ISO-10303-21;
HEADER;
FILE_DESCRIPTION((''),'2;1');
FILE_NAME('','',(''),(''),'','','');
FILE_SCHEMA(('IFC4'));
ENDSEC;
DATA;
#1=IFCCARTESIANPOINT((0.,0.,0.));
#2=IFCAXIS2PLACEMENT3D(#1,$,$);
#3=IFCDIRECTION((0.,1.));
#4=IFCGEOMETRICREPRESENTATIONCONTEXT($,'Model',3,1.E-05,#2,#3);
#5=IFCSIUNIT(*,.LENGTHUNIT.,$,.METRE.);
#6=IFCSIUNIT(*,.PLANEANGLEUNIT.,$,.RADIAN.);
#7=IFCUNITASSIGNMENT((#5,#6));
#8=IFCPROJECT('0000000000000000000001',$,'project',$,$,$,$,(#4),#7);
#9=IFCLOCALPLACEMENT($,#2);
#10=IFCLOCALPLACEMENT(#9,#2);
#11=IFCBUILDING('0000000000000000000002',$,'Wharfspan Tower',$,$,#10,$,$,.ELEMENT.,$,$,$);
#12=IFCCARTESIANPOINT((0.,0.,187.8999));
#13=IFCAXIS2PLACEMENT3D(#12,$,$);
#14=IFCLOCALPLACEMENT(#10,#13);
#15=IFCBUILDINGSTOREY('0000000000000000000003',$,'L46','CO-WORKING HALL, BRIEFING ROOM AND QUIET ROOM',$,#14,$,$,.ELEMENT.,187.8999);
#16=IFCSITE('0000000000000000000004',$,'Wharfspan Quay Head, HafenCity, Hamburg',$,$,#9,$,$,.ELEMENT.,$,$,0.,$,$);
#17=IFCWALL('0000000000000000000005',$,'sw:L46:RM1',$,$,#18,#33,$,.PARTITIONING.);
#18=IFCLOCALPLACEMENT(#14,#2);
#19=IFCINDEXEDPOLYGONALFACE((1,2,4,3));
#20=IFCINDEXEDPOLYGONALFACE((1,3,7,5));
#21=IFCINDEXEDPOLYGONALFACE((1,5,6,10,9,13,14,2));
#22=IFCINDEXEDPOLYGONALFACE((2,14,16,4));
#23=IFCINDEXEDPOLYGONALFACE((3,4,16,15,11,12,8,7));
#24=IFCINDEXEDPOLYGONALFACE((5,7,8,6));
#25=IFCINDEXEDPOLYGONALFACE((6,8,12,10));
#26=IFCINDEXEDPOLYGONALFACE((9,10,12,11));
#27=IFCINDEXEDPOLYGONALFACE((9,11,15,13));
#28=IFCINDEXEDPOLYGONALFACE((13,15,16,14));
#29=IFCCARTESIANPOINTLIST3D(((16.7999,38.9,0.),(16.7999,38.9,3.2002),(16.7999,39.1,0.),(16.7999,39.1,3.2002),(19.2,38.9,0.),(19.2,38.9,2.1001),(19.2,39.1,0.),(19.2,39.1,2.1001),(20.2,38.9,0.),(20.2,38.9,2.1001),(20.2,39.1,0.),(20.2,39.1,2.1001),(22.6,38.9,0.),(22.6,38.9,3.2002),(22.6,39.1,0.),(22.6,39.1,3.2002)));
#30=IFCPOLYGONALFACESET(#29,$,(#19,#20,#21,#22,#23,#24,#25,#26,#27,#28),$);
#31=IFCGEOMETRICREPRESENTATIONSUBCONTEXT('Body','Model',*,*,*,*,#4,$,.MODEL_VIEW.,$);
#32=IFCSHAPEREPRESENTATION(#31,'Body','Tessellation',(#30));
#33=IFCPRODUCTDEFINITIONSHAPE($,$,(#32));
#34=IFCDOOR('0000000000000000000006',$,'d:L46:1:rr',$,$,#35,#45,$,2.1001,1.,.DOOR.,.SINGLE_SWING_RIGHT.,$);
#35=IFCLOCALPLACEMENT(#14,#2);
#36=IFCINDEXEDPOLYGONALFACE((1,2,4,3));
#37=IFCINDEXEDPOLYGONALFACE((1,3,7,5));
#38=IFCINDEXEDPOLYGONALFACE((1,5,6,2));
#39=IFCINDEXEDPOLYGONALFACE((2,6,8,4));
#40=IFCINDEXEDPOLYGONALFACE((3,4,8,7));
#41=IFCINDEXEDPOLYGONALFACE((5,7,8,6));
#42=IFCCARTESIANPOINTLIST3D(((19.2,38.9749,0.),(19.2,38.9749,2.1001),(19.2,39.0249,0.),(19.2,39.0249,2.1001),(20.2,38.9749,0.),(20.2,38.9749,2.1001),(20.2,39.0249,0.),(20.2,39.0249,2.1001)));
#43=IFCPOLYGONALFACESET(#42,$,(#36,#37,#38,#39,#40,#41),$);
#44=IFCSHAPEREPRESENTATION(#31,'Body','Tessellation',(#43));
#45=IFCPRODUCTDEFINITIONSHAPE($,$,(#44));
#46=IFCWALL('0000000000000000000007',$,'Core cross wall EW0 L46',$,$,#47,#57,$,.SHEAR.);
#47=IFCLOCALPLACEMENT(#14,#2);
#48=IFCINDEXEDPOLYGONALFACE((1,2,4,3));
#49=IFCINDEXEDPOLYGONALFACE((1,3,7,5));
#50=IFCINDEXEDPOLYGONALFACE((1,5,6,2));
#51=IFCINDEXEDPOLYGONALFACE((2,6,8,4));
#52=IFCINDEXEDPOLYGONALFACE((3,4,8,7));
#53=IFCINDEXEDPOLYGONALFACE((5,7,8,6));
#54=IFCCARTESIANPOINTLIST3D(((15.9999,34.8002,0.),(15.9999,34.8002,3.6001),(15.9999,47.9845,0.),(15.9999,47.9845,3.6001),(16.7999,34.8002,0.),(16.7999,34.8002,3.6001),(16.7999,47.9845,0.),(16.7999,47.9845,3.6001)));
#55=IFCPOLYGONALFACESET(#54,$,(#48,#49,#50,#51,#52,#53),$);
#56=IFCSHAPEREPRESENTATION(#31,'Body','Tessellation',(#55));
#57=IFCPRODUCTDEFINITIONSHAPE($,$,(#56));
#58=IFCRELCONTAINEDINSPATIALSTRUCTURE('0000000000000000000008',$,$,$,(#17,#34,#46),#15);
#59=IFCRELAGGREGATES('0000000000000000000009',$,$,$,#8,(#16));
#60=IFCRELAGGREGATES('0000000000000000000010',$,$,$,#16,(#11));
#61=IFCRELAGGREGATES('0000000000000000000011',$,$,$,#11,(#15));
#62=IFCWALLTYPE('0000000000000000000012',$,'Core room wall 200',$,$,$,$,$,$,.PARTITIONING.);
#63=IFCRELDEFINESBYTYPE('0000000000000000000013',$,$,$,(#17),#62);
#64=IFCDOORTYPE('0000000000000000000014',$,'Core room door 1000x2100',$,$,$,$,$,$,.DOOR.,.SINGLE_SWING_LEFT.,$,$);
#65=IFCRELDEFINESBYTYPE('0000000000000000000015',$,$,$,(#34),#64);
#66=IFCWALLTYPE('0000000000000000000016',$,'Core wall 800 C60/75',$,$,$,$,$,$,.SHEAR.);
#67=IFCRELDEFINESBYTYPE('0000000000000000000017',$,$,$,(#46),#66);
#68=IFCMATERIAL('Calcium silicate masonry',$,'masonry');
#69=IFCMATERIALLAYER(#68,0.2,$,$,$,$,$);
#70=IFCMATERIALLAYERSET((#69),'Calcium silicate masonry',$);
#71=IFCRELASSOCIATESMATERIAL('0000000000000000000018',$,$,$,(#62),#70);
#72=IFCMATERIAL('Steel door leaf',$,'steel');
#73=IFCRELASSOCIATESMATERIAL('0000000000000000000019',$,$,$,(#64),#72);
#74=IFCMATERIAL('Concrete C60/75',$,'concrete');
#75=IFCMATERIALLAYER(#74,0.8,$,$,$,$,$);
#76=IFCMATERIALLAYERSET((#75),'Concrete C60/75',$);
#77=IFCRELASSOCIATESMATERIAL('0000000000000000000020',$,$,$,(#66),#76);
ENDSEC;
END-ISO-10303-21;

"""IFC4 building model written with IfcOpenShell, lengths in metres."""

from ifc_helpers import new_model, si_unit, direction, frame, frame_2d, origin, place, context, subcontext, project, spatial, rectangle, extrude, material, layer, layer_set, type_object, element, fill, save


model = new_model("IFC4")

# Units and contexts
model_context = context("Model", 3, precision=1e-05, world=origin(), true_north=direction((0.0, 1.0)))
body_context = subcontext(model_context, "Body", "Model", "MODEL_VIEW")
ifc_project = project(units=[si_unit("LENGTHUNIT", "METRE"), si_unit("PLANEANGLEUNIT", "RADIAN")], contexts=[model_context])

# Site, building, storey
site_placement = place(None, origin())
site = spatial("IfcSite", under=ifc_project, at=site_placement, Name="Wharfspan Quay Head, HafenCity, Hamburg", CompositionType="ELEMENT", RefElevation=0.0)
building_placement = place(site_placement, origin())
building = spatial("IfcBuilding", under=site, at=building_placement, Name="Wharfspan Tower", CompositionType="ELEMENT")
storey_placement = place(building_placement, frame((0.0, 0.0, 187.8999)))
storey = spatial("IfcBuildingStorey", under=building, at=storey_placement, Name="L46", Description="CO-WORKING HALL, BRIEFING ROOM AND QUIET ROOM", CompositionType="ELEMENT", Elevation=187.8999)

# Wall, opening, door
ifc_material_1 = material(Name="Calcium silicate masonry", Category="masonry")
ifc_layer_1 = layer(ifc_material_1, 0.2)
ifc_layer_set_1 = layer_set([ifc_layer_1], Name="Calcium silicate masonry")
wall_type_1 = type_object("IfcWallType", Name="Core room wall 200", PredefinedType="PARTITIONING", material=ifc_layer_set_1)
wall_1_placement = place(storey_placement, frame((16.8, 39.0, 0.0), z_axis=(0.0, 0.0, 1.0), x_axis=(1.0, 0.0, 0.0)))
wall_1 = element("IfcWall", 1, at=wall_1_placement, inside=storey, type_object=wall_type_1, Name="sw:L46:RM1", PredefinedType="PARTITIONING", context=body_context, shape_type="SweptSolid", body=[
    extrude(rectangle(XDim=5.8, YDim=0.2, at=frame_2d((2.8999, 0.0))), origin(), (0.0, 0.0, 1.0), 3.2002),
])
opening_1_placement = place(wall_1_placement, frame((2.3999, 0.0, 0.0)))
opening_1 = element("IfcOpeningElement", 2, at=opening_1_placement, cuts=wall_1, PredefinedType="OPENING", context=body_context, shape_type="SweptSolid", body=[
    extrude(rectangle(XDim=1.0, YDim=2.1001, at=frame_2d((0.5, 1.05))), frame((0.0, 0.1099, 0.0), z_axis=(0.0, -1.0, 0.0), x_axis=(1.0, 0.0, 0.0)), (0.0, 0.0, 1.0), 0.22),
])
ifc_material_2 = material(Name="Steel door leaf", Category="steel")
door_type_1 = type_object("IfcDoorType", Name="Core room door 1000x2100", OperationType="SINGLE_SWING_LEFT", PredefinedType="DOOR", material=ifc_material_2)
door_1_placement = place(opening_1_placement, origin())
door_1 = element("IfcDoor", 3, at=door_1_placement, inside=storey, type_object=door_type_1, Name="d:L46:1:rr", OperationType="SINGLE_SWING_RIGHT", OverallHeight=2.1001, OverallWidth=1.0, PredefinedType="DOOR", context=body_context, shape_type="SweptSolid", body=[
    extrude(rectangle(XDim=1.0, YDim=2.1001, at=frame_2d((0.5, 1.05))), frame((0.0, 0.0249, 0.0), z_axis=(0.0, -1.0, 0.0), x_axis=(1.0, 0.0, 0.0)), (0.0, 0.0, 1.0), 0.05),
])
fill(opening_1, door_1)

# Shared definitions
ifc_material_3 = material(Name="Concrete C60/75", Category="concrete")
ifc_layer_2 = layer(ifc_material_3, 0.8)
ifc_layer_set_2 = layer_set([ifc_layer_2], Name="Concrete C60/75")
wall_type_2 = type_object("IfcWallType", Name="Core wall 800 C60/75", PredefinedType="SHEAR", material=ifc_layer_set_2)

# Wall
wall_2_placement = place(storey_placement, frame((16.3999, 34.8, 0.0), z_axis=(0.0, 0.0, 1.0), x_axis=(0.0, 1.0, 0.0)))
element("IfcWall", 4, at=wall_2_placement, inside=storey, type_object=wall_type_2, Name="Core cross wall EW0 L46", PredefinedType="SHEAR", context=body_context, shape_type="SweptSolid", body=[
    extrude(rectangle(XDim=13.1843, YDim=0.8, at=frame_2d((6.5923, 0.0))), origin(), (0.0, 0.0, 1.0), 3.6001),
])

save(model, "model.ifc")
